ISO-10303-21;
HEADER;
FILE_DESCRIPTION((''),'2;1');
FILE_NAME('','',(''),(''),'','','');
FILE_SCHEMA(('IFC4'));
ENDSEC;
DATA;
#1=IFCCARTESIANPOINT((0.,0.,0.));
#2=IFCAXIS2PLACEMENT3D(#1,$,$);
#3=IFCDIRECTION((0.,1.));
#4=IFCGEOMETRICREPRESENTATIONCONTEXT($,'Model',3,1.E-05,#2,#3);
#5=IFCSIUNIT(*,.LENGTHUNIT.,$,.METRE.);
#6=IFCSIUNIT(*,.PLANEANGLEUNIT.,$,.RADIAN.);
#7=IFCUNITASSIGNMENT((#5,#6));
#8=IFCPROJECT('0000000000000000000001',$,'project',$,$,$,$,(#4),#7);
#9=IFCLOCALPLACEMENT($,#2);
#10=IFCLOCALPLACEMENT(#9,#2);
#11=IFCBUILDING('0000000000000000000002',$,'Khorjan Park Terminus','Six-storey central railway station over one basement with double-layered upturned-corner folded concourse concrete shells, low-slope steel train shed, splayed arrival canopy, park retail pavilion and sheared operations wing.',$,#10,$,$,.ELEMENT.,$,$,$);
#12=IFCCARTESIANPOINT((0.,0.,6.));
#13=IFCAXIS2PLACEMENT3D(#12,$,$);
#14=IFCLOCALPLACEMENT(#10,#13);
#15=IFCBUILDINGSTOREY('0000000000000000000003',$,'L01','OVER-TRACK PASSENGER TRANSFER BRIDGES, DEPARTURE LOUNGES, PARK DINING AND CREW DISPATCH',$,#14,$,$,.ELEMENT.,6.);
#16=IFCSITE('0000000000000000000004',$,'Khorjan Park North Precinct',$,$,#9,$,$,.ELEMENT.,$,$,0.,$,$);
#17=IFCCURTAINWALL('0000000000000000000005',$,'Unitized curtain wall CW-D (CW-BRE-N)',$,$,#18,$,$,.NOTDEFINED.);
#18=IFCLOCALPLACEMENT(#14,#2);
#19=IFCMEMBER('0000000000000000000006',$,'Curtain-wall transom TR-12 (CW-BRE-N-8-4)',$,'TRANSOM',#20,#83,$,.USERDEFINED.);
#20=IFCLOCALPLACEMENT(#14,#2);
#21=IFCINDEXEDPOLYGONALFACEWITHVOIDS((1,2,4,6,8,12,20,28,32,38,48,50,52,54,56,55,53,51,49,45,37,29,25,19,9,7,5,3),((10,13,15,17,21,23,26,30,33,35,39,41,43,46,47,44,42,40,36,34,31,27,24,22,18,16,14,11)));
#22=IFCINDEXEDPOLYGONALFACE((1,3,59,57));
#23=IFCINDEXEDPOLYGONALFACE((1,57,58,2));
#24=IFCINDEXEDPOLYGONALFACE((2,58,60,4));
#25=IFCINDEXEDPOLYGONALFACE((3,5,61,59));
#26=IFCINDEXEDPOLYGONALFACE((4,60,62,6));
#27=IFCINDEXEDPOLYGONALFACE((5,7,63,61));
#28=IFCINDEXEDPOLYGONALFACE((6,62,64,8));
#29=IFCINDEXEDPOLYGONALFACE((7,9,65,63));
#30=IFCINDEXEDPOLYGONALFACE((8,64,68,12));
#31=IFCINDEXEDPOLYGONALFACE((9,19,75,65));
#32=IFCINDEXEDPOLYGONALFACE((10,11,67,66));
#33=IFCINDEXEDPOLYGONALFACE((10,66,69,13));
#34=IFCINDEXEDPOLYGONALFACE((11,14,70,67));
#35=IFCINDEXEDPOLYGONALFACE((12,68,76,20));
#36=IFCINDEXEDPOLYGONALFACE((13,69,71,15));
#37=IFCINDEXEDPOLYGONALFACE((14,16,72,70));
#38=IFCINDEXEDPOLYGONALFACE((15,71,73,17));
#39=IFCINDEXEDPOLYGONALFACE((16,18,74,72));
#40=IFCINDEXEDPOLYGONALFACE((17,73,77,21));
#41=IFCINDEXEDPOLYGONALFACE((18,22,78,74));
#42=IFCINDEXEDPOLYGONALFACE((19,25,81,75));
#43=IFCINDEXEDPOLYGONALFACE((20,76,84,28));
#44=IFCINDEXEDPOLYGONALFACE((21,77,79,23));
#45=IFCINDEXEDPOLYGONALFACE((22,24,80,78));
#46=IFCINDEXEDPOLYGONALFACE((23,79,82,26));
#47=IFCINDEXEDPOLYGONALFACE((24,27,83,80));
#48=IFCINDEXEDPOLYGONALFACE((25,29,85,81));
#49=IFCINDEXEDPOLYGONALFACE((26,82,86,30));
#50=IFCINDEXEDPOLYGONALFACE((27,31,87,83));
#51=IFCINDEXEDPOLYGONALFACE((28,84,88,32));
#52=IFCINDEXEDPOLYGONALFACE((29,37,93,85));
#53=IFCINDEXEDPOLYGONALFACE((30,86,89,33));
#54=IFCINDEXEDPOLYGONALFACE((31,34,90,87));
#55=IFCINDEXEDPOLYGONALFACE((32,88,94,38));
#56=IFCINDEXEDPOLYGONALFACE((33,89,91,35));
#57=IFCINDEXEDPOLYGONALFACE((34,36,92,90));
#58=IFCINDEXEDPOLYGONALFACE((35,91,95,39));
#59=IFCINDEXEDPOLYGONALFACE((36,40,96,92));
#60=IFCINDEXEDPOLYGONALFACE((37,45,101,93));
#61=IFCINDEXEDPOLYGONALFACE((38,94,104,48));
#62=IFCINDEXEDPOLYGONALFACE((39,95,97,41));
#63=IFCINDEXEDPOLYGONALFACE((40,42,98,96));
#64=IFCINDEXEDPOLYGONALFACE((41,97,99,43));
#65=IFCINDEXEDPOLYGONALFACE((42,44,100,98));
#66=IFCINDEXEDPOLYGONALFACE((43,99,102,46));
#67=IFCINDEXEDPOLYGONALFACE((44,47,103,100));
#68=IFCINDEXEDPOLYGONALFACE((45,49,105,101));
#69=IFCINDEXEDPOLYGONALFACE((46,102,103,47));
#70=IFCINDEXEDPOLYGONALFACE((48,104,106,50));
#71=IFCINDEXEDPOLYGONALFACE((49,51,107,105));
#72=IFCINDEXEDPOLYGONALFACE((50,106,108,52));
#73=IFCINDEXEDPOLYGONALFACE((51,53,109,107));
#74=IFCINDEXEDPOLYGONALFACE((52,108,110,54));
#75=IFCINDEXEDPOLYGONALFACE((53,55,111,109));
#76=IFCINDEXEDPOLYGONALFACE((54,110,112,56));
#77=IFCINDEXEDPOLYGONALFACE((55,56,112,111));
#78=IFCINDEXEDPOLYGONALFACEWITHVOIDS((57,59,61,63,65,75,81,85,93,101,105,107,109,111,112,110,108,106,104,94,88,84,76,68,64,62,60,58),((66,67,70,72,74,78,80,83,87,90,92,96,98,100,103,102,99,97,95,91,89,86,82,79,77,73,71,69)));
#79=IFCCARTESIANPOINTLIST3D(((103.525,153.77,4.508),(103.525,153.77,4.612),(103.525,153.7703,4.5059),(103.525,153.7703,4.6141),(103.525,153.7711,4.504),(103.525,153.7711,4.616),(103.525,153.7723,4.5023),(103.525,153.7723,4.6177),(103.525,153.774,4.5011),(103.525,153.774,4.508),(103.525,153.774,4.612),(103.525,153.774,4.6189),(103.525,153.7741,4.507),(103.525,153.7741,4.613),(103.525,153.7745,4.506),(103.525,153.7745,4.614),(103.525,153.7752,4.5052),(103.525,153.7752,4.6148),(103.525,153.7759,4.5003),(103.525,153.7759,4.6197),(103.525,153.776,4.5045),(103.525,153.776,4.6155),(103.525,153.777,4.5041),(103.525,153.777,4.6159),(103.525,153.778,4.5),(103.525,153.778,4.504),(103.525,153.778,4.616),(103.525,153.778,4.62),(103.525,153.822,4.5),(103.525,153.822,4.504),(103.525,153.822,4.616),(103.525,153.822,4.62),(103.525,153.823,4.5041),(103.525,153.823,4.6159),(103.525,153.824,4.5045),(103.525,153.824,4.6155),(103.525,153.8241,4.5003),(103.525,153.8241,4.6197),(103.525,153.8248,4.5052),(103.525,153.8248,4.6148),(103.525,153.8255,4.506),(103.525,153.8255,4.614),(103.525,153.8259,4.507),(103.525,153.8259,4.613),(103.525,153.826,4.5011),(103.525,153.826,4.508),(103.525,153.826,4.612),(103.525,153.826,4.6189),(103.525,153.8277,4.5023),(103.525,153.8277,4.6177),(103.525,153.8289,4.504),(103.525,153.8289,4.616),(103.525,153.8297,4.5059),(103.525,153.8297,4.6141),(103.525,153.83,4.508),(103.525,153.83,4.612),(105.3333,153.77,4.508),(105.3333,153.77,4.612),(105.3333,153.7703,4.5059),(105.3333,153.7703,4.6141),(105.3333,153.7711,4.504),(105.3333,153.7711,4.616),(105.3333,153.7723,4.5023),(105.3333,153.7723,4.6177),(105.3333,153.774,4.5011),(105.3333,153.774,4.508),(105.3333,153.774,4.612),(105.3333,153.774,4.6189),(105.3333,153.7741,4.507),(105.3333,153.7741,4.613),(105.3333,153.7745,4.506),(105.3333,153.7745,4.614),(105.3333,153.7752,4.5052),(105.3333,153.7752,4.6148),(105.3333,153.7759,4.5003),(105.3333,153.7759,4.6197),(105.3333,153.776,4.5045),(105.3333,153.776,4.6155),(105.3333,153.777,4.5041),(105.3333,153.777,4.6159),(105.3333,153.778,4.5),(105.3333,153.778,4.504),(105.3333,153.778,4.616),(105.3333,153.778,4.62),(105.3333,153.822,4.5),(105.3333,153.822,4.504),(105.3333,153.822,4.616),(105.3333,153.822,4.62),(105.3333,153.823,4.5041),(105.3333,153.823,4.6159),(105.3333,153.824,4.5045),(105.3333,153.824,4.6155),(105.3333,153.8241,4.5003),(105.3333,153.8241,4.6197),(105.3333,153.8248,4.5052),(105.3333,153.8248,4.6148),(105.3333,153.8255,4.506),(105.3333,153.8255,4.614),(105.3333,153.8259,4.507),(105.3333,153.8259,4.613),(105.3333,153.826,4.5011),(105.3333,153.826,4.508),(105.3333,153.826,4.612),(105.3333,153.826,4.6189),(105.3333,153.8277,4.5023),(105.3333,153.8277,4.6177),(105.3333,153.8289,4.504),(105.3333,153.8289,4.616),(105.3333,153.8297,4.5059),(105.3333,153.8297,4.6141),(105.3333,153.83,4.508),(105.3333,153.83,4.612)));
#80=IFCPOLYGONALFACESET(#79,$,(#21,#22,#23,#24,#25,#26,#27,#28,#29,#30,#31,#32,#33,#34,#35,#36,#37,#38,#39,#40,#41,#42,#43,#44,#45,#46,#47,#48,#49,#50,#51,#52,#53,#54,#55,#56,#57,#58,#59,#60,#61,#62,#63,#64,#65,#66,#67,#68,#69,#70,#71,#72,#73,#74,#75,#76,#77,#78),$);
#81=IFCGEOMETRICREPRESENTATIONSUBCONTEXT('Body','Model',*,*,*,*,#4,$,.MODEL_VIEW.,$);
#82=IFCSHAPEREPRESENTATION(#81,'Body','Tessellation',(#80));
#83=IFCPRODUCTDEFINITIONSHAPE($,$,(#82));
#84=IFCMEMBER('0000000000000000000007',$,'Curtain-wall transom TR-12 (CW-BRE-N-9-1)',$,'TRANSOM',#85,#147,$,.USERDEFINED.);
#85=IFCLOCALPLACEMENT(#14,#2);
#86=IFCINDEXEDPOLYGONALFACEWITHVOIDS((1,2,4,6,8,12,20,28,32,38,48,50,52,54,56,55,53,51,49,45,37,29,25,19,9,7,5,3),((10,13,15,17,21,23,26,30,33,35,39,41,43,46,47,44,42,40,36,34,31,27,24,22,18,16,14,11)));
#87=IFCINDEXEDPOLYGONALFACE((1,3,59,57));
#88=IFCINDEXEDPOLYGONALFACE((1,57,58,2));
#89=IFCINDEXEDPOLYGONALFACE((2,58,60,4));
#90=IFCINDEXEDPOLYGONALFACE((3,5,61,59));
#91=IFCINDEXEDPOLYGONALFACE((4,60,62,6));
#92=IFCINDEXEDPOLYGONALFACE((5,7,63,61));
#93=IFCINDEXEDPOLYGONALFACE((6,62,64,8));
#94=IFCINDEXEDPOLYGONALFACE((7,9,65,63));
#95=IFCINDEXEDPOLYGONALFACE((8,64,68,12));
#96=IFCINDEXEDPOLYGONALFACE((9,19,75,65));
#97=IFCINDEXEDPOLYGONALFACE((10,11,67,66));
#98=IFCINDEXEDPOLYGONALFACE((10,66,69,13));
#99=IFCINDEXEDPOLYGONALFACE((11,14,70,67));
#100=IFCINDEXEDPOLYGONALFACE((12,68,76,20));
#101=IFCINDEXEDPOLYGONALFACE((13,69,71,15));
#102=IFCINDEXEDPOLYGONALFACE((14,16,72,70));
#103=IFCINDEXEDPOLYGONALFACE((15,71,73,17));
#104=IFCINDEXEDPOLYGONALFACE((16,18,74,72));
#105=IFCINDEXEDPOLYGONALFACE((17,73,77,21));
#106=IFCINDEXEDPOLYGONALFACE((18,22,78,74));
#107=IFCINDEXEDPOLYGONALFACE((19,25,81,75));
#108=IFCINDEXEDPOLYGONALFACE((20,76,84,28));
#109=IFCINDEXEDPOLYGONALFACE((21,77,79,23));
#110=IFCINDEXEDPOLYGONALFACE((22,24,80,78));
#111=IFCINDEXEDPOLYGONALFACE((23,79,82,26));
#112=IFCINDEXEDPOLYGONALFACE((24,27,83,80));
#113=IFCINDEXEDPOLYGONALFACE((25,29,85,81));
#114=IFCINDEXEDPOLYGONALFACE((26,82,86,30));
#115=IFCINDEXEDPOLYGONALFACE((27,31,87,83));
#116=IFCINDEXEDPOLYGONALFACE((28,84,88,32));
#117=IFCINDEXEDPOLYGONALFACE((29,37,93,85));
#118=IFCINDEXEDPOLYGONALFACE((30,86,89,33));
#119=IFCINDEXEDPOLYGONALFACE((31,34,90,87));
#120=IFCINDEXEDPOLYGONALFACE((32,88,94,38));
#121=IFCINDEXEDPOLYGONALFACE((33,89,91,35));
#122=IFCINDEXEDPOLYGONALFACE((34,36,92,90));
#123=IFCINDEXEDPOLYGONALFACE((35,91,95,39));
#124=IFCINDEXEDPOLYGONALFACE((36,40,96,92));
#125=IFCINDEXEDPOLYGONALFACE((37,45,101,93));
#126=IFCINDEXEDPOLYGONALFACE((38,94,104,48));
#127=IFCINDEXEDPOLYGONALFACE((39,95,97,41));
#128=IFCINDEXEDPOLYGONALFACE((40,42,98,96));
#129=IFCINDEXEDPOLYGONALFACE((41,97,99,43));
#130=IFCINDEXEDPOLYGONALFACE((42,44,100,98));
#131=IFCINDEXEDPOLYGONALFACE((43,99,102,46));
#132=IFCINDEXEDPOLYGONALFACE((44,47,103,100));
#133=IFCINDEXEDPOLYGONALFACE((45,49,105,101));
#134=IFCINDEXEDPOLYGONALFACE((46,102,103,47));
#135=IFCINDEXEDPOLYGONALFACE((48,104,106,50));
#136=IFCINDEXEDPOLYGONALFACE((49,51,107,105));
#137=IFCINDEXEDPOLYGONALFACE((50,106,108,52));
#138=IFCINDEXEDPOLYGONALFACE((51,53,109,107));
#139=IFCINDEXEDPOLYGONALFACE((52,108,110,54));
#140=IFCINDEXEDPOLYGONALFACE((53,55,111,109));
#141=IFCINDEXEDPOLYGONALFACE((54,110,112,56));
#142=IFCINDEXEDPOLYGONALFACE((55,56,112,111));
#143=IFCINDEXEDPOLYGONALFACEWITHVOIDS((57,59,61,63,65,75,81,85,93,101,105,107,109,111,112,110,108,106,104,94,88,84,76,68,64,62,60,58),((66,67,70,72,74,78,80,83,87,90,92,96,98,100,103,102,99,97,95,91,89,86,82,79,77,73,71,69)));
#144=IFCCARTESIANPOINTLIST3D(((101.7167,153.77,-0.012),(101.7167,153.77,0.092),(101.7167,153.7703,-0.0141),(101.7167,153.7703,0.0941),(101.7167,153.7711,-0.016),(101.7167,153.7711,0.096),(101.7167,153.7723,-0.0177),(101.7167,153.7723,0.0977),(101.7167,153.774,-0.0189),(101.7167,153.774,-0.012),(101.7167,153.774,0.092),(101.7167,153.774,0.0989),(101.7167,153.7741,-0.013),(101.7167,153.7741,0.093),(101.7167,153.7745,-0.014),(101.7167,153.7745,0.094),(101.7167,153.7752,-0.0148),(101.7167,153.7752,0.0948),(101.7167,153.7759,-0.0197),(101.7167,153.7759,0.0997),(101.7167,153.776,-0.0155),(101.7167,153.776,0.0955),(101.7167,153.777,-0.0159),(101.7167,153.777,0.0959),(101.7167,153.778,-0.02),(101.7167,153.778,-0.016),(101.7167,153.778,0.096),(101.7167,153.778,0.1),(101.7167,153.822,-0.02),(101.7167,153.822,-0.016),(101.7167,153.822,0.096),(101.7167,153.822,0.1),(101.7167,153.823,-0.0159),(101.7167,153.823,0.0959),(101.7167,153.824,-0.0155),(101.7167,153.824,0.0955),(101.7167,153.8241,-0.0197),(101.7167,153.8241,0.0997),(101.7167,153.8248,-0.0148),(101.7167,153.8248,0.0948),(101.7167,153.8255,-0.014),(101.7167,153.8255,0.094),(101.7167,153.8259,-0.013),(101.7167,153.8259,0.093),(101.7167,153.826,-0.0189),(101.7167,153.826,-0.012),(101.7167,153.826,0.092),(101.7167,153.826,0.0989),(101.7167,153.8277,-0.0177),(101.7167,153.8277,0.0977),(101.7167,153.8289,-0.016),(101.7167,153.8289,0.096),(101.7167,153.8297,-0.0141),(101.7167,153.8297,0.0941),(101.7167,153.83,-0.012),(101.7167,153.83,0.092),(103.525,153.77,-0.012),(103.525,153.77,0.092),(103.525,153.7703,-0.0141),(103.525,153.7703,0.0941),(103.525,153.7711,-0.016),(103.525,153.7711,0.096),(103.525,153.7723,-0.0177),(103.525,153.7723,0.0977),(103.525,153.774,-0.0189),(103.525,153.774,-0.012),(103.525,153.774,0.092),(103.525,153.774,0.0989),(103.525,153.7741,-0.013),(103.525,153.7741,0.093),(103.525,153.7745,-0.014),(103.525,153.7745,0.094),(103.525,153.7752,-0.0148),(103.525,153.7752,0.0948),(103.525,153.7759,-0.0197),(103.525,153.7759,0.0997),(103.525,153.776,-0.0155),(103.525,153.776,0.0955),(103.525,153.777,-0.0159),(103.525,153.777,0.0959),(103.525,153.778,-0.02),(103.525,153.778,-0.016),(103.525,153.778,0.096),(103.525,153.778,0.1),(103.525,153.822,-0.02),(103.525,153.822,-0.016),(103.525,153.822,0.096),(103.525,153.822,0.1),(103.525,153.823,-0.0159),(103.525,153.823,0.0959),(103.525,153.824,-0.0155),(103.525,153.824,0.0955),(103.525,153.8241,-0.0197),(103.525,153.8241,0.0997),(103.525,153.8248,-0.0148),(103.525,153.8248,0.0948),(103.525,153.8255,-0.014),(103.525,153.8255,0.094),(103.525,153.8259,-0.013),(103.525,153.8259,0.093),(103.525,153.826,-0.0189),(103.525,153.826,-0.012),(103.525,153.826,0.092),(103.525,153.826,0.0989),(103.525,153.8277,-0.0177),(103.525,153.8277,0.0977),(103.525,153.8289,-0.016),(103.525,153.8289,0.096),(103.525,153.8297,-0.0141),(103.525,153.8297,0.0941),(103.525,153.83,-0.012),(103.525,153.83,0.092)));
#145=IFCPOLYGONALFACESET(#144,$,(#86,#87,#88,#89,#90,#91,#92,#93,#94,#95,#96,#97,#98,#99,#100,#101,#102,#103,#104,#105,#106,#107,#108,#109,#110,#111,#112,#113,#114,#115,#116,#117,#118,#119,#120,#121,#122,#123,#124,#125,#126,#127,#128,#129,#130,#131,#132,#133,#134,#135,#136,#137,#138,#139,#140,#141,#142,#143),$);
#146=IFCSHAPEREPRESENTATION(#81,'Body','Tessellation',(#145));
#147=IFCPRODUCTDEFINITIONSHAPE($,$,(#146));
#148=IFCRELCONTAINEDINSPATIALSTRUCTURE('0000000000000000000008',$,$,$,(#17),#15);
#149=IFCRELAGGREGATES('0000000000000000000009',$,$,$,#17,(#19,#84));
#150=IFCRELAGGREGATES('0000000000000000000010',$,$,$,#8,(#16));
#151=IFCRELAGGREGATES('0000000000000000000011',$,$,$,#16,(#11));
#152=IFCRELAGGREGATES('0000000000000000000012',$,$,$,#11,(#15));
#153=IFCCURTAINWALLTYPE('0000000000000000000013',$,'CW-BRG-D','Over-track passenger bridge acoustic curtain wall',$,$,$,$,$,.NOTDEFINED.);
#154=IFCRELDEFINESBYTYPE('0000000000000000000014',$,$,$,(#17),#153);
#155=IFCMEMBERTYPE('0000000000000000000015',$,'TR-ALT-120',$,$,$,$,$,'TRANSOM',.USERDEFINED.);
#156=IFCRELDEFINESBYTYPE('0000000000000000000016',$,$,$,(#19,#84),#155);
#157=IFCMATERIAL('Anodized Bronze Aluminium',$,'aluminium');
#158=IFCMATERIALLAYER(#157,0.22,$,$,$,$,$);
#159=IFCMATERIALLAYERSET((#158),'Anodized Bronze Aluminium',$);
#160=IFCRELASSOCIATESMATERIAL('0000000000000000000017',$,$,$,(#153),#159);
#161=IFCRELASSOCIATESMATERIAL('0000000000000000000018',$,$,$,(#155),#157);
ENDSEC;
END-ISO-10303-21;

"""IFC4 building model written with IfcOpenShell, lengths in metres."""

from ifc_helpers import new_model, si_unit, direction, frame, origin, origin_2d, place, context, subcontext, project, spatial, hollow_rectangle, extrude, material, layer, layer_set, material_profile, profile_set, type_object, element, aggregate, save


model = new_model("IFC4")

# Units and contexts
model_context = context("Model", 3, precision=1e-05, world=origin(), true_north=direction((0.0, 1.0)))
body_context = subcontext(model_context, "Body", "Model", "MODEL_VIEW")
ifc_project = project(units=[si_unit("LENGTHUNIT", "METRE"), si_unit("PLANEANGLEUNIT", "RADIAN")], contexts=[model_context])

# Site, building, storey
site_placement = place(None, origin())
site = spatial("IfcSite", under=ifc_project, at=site_placement, Name="Khorjan Park North Precinct", CompositionType="ELEMENT", RefElevation=0.0)
building_placement = place(site_placement, origin())
building = spatial("IfcBuilding", under=site, at=building_placement, Name="Khorjan Park Terminus", Description="Six-storey central railway station over one basement with double-layered upturned-corner folded concourse concrete shells, low-slope steel train shed, splayed arrival canopy, park retail pavilion and sheared operations wing.", CompositionType="ELEMENT")
storey_placement = place(building_placement, frame((0.0, 0.0, 6.0)))
storey = spatial("IfcBuildingStorey", under=building, at=storey_placement, Name="L01", Description="OVER-TRACK PASSENGER TRANSFER BRIDGES, DEPARTURE LOUNGES, PARK DINING AND CREW DISPATCH", CompositionType="ELEMENT", Elevation=6.0)

# Curtain wall, members
ifc_material_1 = material(Name="Anodized Bronze Aluminium", Category="aluminium")
ifc_layer_1 = layer(ifc_material_1, 0.22)
ifc_layer_set_1 = layer_set([ifc_layer_1], Name="Anodized Bronze Aluminium")
curtain_wall_type = type_object("IfcCurtainWallType", Name="CW-BRG-D", Description="Over-track passenger bridge acoustic curtain wall", PredefinedType="NOTDEFINED", material=ifc_layer_set_1)
curtain_wall_placement = place(storey_placement, origin())
curtain_wall = element("IfcCurtainWall", 1, at=curtain_wall_placement, inside=storey, type_object=curtain_wall_type, Name="Unitized curtain wall CW-D (CW-BRE-N)", PredefinedType="NOTDEFINED")
ifc_material_profile_1 = material_profile(ifc_material_1, hollow_rectangle(XDim=0.06, YDim=0.12, WallThickness=0.004, InnerFilletRadius=0.004, OuterFilletRadius=0.008, at=origin_2d()), Name="ALT 60x120x4")
ifc_profile_set_1 = profile_set([ifc_material_profile_1], Name="Anodized Bronze Aluminium")
member_type_1 = type_object("IfcMemberType", Name="TR-ALT-120", ElementType="TRANSOM", PredefinedType="USERDEFINED", material=ifc_profile_set_1)
member_1_placement = place(storey_placement, frame((105.3333, 153.8, 4.56), z_axis=(-1.0, 0.0, 0.0), x_axis=(0.0, -1.0, 0.0)))
member_1 = element("IfcMember", 2, at=member_1_placement, type_object=member_type_1, Name="Curtain-wall transom TR-12 (CW-BRE-N-8-4)", ObjectType="TRANSOM", PredefinedType="USERDEFINED", context=body_context, shape_type="SweptSolid", body=[
    extrude(hollow_rectangle(XDim=0.06, YDim=0.12, WallThickness=0.004, InnerFilletRadius=0.004, OuterFilletRadius=0.008, at=origin_2d()), origin(), (0.0, 0.0, 1.0), 1.8083),
])
member_2_placement = place(storey_placement, frame((103.525, 153.8, 0.04), z_axis=(-1.0, 0.0, 0.0), x_axis=(0.0, -1.0, 0.0)))
member_2 = element("IfcMember", 3, at=member_2_placement, type_object=member_type_1, Name="Curtain-wall transom TR-12 (CW-BRE-N-9-1)", ObjectType="TRANSOM", PredefinedType="USERDEFINED", context=body_context, shape_type="SweptSolid", body=[
    extrude(hollow_rectangle(XDim=0.06, YDim=0.12, WallThickness=0.004, InnerFilletRadius=0.004, OuterFilletRadius=0.008, at=origin_2d()), origin(), (0.0, 0.0, 1.0), 1.8083),
])
aggregate(curtain_wall, [member_1, member_2])

save(model, "model.ifc")
